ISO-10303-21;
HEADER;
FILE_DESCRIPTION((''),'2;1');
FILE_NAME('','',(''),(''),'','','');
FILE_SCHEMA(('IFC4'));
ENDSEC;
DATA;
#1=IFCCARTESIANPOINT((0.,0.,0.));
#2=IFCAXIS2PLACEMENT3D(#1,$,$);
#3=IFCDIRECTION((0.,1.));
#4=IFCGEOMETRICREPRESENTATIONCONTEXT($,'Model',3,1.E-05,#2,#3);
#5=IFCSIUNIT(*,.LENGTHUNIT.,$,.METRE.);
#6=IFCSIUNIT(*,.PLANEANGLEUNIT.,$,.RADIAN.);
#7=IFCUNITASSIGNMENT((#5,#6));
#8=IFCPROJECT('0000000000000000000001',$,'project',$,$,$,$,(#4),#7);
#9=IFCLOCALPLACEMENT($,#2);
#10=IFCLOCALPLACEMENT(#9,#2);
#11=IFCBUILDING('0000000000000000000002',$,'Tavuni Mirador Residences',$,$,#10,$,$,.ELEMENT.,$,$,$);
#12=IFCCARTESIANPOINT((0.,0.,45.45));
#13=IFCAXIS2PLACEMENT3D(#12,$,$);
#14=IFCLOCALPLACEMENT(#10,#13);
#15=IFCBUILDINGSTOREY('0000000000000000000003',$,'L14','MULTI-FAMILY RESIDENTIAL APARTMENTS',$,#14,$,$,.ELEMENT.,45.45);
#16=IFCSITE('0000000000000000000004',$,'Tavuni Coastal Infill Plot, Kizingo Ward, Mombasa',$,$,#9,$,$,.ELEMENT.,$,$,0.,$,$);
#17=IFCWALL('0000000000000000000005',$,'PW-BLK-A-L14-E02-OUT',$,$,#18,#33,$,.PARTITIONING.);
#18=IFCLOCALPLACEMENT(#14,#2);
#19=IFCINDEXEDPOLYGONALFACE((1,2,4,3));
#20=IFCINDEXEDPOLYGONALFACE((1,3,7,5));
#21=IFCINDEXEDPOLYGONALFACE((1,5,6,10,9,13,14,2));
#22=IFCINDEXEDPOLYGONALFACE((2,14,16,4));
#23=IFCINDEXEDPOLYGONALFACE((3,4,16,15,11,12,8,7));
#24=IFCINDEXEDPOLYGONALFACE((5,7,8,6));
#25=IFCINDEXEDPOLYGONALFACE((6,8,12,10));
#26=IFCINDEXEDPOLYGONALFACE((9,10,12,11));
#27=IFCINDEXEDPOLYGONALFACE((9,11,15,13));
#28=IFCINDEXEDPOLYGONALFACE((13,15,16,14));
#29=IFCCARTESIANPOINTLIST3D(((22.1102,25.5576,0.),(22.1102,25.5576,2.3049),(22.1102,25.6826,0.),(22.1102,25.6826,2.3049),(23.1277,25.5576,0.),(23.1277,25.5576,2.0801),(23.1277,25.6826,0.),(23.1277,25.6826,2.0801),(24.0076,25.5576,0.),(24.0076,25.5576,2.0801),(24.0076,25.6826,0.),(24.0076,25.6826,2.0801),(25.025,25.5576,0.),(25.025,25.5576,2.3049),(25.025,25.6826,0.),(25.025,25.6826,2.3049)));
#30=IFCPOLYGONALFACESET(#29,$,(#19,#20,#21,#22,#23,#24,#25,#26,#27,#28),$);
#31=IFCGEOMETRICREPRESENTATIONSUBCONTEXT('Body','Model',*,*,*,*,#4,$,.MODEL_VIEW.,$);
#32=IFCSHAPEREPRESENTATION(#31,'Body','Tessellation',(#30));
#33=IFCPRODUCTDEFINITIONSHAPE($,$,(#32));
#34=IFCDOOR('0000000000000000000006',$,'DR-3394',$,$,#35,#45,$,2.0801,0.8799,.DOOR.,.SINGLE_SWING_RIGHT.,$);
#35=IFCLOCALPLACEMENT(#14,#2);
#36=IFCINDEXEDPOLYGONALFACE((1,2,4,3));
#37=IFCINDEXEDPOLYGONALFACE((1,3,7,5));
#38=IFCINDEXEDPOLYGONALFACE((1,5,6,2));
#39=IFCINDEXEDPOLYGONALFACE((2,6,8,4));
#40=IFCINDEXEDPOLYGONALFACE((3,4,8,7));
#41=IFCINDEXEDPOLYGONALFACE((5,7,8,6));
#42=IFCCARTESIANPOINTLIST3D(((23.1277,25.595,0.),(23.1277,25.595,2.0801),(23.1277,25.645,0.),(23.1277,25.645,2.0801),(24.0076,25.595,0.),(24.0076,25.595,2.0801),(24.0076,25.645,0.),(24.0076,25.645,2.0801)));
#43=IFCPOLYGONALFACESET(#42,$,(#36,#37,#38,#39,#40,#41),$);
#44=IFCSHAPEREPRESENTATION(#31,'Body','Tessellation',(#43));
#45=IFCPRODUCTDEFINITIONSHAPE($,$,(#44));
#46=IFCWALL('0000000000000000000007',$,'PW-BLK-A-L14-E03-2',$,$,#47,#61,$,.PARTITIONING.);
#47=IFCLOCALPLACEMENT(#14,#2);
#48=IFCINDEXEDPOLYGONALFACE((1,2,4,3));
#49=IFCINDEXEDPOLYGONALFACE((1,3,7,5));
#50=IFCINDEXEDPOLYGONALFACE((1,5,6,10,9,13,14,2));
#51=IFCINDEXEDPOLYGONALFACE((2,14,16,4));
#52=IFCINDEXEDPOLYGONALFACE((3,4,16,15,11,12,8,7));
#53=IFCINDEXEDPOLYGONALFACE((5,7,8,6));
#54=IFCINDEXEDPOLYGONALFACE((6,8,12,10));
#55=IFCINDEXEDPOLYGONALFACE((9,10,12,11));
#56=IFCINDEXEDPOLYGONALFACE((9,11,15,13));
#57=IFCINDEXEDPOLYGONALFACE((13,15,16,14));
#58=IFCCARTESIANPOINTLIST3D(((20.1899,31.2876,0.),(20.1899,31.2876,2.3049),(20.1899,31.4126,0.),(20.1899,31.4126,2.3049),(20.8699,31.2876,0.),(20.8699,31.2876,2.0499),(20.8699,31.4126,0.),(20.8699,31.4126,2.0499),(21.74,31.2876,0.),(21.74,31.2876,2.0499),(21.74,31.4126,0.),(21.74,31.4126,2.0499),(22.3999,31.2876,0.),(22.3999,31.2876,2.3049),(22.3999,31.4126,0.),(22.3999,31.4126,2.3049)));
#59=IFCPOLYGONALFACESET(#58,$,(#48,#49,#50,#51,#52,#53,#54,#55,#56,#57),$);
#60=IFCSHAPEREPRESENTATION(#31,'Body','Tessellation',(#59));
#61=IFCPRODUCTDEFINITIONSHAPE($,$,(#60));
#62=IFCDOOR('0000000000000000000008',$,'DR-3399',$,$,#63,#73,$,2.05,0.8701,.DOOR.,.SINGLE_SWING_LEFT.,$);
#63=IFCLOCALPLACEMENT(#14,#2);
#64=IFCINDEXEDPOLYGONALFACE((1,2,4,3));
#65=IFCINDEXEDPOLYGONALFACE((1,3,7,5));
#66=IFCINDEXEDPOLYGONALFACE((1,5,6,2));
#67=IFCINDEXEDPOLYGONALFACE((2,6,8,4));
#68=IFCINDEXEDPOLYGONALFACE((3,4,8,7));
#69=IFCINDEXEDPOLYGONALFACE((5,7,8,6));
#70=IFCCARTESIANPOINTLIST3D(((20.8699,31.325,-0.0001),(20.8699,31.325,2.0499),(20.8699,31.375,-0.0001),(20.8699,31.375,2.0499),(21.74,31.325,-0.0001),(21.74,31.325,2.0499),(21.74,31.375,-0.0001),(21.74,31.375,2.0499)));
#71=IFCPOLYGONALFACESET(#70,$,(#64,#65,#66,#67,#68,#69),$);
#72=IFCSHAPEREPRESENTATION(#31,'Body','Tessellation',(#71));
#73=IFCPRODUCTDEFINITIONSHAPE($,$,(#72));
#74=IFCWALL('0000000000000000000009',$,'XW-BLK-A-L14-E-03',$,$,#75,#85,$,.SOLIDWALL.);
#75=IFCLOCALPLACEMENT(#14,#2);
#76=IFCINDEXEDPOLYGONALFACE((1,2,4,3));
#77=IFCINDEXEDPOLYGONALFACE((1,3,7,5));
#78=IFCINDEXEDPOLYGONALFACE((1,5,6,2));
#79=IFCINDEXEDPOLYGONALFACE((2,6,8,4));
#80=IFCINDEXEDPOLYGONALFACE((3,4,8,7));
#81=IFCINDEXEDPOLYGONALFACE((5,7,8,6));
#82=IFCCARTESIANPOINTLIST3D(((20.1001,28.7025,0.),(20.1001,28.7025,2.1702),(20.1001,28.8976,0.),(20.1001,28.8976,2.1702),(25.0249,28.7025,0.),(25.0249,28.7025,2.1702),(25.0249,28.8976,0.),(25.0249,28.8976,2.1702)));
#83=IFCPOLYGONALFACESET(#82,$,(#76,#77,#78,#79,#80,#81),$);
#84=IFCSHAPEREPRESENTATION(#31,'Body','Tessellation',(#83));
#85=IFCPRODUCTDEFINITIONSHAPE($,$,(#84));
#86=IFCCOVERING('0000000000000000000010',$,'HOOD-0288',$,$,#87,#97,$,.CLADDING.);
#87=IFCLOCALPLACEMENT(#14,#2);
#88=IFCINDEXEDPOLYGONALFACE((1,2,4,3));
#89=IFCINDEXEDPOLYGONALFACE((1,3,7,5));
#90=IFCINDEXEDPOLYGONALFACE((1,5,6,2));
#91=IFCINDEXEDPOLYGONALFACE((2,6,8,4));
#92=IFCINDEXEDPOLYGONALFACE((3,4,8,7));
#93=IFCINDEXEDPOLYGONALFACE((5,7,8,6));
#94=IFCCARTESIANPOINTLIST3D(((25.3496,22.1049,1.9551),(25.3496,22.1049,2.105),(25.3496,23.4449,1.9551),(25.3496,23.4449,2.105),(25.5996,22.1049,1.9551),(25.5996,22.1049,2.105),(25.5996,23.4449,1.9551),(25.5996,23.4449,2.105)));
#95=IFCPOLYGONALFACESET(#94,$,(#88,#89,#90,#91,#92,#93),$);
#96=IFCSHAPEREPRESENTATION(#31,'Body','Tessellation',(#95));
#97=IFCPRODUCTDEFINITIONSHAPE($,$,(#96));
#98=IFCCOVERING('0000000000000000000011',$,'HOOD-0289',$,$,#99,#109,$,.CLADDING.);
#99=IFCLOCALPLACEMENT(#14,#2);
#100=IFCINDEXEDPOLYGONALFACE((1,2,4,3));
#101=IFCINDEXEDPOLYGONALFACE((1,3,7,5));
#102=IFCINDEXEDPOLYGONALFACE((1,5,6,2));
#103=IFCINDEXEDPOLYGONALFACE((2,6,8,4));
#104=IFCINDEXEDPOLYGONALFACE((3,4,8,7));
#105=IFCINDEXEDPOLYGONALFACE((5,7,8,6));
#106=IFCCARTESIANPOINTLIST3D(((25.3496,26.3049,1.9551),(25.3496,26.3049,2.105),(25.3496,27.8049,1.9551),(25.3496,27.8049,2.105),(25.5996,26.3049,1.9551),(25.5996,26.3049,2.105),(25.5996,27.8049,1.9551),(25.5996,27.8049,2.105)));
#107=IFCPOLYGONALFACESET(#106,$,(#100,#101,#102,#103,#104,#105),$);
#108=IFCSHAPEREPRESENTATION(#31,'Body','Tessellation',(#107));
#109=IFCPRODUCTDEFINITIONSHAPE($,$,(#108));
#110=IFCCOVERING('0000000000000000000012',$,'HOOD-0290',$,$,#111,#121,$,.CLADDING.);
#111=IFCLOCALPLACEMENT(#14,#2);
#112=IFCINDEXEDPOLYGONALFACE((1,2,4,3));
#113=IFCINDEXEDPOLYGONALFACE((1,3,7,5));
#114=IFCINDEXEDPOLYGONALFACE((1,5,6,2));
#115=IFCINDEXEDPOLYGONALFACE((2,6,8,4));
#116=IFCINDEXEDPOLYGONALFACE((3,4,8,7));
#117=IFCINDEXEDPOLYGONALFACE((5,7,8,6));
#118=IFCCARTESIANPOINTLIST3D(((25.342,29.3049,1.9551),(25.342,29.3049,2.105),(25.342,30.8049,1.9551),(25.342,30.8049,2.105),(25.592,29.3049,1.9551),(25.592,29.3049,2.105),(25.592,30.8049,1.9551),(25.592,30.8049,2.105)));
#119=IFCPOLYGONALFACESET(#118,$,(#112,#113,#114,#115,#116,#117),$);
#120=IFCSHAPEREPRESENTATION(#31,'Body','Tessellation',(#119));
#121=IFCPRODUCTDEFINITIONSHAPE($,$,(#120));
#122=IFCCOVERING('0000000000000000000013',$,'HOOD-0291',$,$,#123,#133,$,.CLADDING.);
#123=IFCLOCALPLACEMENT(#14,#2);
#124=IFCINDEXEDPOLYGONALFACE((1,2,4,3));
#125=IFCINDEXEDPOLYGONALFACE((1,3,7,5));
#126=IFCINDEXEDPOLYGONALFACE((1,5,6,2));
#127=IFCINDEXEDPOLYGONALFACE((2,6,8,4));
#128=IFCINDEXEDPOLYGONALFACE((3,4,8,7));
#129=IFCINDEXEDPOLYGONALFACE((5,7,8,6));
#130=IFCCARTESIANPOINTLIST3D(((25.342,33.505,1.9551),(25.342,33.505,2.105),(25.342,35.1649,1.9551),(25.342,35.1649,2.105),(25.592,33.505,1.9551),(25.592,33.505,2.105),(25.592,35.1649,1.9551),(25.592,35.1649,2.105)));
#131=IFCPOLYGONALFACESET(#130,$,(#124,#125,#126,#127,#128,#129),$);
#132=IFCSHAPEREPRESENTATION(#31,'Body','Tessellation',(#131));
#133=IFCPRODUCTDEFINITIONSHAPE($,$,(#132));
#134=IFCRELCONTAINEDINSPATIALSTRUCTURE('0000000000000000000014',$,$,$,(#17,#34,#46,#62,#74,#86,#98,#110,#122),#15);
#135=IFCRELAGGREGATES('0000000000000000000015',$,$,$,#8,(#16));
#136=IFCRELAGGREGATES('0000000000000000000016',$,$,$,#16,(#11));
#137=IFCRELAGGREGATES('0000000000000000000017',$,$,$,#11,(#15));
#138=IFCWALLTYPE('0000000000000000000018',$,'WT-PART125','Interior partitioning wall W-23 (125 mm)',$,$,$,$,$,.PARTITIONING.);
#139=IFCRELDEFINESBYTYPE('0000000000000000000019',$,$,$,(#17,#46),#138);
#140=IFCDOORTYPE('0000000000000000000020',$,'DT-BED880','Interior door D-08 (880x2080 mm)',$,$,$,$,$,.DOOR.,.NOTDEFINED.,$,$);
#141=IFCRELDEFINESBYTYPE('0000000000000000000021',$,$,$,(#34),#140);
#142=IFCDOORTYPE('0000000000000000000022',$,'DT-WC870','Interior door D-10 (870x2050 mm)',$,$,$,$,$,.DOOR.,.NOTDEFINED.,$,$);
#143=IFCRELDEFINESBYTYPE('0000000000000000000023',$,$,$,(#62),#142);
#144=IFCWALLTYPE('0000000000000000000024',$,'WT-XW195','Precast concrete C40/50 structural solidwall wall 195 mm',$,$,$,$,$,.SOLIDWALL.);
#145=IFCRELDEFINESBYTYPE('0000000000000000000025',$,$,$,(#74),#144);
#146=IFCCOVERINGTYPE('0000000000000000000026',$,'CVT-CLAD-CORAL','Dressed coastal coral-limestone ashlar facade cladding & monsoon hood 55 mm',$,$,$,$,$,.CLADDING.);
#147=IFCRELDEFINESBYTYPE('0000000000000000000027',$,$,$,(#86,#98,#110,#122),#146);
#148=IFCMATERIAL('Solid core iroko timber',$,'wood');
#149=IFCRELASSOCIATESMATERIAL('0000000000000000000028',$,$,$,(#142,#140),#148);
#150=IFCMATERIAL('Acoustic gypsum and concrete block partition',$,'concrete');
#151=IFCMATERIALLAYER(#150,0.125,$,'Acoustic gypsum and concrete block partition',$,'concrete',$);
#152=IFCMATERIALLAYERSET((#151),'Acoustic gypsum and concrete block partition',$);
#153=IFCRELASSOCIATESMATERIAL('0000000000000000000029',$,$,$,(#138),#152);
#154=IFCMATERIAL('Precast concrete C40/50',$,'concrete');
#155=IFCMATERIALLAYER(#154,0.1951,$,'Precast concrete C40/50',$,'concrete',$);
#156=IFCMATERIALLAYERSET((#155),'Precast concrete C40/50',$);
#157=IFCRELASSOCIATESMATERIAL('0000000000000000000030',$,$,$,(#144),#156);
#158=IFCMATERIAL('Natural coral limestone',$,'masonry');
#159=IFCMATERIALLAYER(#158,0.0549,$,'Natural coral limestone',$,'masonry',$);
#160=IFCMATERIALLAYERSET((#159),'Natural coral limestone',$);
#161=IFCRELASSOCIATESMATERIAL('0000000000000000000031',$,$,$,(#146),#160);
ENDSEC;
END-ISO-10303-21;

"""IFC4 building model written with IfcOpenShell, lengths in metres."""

from ifc_helpers import new_model, si_unit, direction, frame, frame_2d, origin, origin_2d, place, context, subcontext, project, spatial, rectangle, extrude, material, layer, layer_set, type_object, element, fill, save


model = new_model("IFC4")

# Units and contexts
model_context = context("Model", 3, precision=1e-05, world=origin(), true_north=direction((0.0, 1.0)))
body_context = subcontext(model_context, "Body", "Model", "MODEL_VIEW")
ifc_project = project(units=[si_unit("LENGTHUNIT", "METRE"), si_unit("PLANEANGLEUNIT", "RADIAN")], contexts=[model_context])

# Site, building, storey
site_placement = place(None, origin())
site = spatial("IfcSite", under=ifc_project, at=site_placement, Name="Tavuni Coastal Infill Plot, Kizingo Ward, Mombasa", CompositionType="ELEMENT", RefElevation=0.0)
building_placement = place(site_placement, origin())
building = spatial("IfcBuilding", under=site, at=building_placement, Name="Tavuni Mirador Residences", CompositionType="ELEMENT")
storey_placement = place(building_placement, frame((0.0, 0.0, 45.45)))
storey = spatial("IfcBuildingStorey", under=building, at=storey_placement, Name="L14", Description="MULTI-FAMILY RESIDENTIAL APARTMENTS", CompositionType="ELEMENT", Elevation=45.45)

# Shared definitions
ifc_material_1 = material(Name="Precast concrete C40/50", Category="concrete")

# Shared definitions
ifc_material_2 = material(Name="Solid core iroko timber", Category="wood")

# Shared definitions
ifc_material_3 = material(Name="Acoustic gypsum and concrete block partition", Category="concrete")
door_type_1 = type_object("IfcDoorType", Name="DT-WC870", Description="Interior door D-10 (870x2050 mm)", OperationType="NOTDEFINED", PredefinedType="DOOR", material=ifc_material_2)

# Walls, openings, doors
ifc_layer_1 = layer(ifc_material_3, 0.125, Name="Acoustic gypsum and concrete block partition", Category="concrete")
ifc_layer_set_1 = layer_set([ifc_layer_1], Name="Acoustic gypsum and concrete block partition")
wall_type_1 = type_object("IfcWallType", Name="WT-PART125", Description="Interior partitioning wall W-23 (125 mm)", PredefinedType="PARTITIONING", material=ifc_layer_set_1)
wall_1_placement = place(storey_placement, frame((22.1101, 25.6201, 0.0), z_axis=(0.0, 0.0, 1.0), x_axis=(1.0, 0.0, 0.0)))
wall_1 = element("IfcWall", 1, at=wall_1_placement, inside=storey, type_object=wall_type_1, Name="PW-BLK-A-L14-E02-OUT", PredefinedType="PARTITIONING", context=body_context, shape_type="SweptSolid", body=[
    extrude(rectangle(XDim=2.9148, YDim=0.125, at=frame_2d((1.4575, 0.0))), origin(), (0.0, 0.0, 1.0), 2.3049),
])
opening_1_placement = place(wall_1_placement, frame((1.0176, 0.0, 0.0)))
opening_1 = element("IfcOpeningElement", 2, at=opening_1_placement, cuts=wall_1, PredefinedType="OPENING", context=body_context, shape_type="SweptSolid", body=[
    extrude(rectangle(XDim=0.8799, YDim=2.0801, at=frame_2d((0.4399, 1.04))), frame((0.0, 0.0725, 0.0), z_axis=(0.0, -1.0, 0.0), x_axis=(1.0, 0.0, 0.0)), (0.0, 0.0, 1.0), 0.145),
])
door_type_2 = type_object("IfcDoorType", Name="DT-BED880", Description="Interior door D-08 (880x2080 mm)", OperationType="NOTDEFINED", PredefinedType="DOOR", material=ifc_material_2)
door_1_placement = place(opening_1_placement, origin())
door_1 = element("IfcDoor", 3, at=door_1_placement, inside=storey, type_object=door_type_2, Name="DR-3394", OperationType="SINGLE_SWING_RIGHT", OverallHeight=2.0801, OverallWidth=0.8799, PredefinedType="DOOR", context=body_context, shape_type="SweptSolid", body=[
    extrude(rectangle(XDim=0.8799, YDim=2.0801, at=frame_2d((0.4399, 1.04))), frame((0.0, 0.0249, 0.0), z_axis=(0.0, -1.0, 0.0), x_axis=(1.0, 0.0, 0.0)), (0.0, 0.0, 1.0), 0.05),
])
fill(opening_1, door_1)
wall_2_placement = place(storey_placement, frame((20.1899, 31.3501, 0.0), z_axis=(0.0, 0.0, 1.0), x_axis=(1.0, 0.0, 0.0)))
wall_2 = element("IfcWall", 4, at=wall_2_placement, inside=storey, type_object=wall_type_1, Name="PW-BLK-A-L14-E03-2", PredefinedType="PARTITIONING", context=body_context, shape_type="SweptSolid", body=[
    extrude(rectangle(XDim=2.21, YDim=0.125, at=frame_2d((1.105, 0.0))), origin(), (0.0, 0.0, 1.0), 2.3049),
])
opening_2_placement = place(wall_2_placement, frame((0.6799, 0.0, 0.0)))
opening_2 = element("IfcOpeningElement", 5, at=opening_2_placement, cuts=wall_2, PredefinedType="OPENING", context=body_context, shape_type="SweptSolid", body=[
    extrude(rectangle(XDim=0.8701, YDim=2.05, at=frame_2d((0.4351, 1.0249))), frame((0.0, 0.0725, 0.0), z_axis=(0.0, -1.0, 0.0), x_axis=(1.0, 0.0, 0.0)), (0.0, 0.0, 1.0), 0.145),
])
door_2_placement = place(opening_2_placement, origin())
door_2 = element("IfcDoor", 6, at=door_2_placement, inside=storey, type_object=door_type_1, Name="DR-3399", OperationType="SINGLE_SWING_LEFT", OverallHeight=2.05, OverallWidth=0.8701, PredefinedType="DOOR", context=body_context, shape_type="SweptSolid", body=[
    extrude(rectangle(XDim=0.8701, YDim=2.05, at=frame_2d((0.4351, 1.0249))), frame((0.0, 0.0249, 0.0), z_axis=(0.0, -1.0, 0.0), x_axis=(1.0, 0.0, 0.0)), (0.0, 0.0, 1.0), 0.05),
])
fill(opening_2, door_2)

# Wall
ifc_layer_2 = layer(ifc_material_1, 0.1951, Name="Precast concrete C40/50", Category="concrete")
ifc_layer_set_2 = layer_set([ifc_layer_2], Name="Precast concrete C40/50")
wall_type_2 = type_object("IfcWallType", Name="WT-XW195", Description="Precast concrete C40/50 structural solidwall wall 195 mm", PredefinedType="SOLIDWALL", material=ifc_layer_set_2)
wall_3_placement = place(storey_placement, frame((20.1001, 28.8, 0.0), z_axis=(0.0, 0.0, 1.0), x_axis=(1.0, 0.0, 0.0)))
element("IfcWall", 7, at=wall_3_placement, inside=storey, type_object=wall_type_2, Name="XW-BLK-A-L14-E-03", PredefinedType="SOLIDWALL", context=body_context, shape_type="SweptSolid", body=[
    extrude(rectangle(XDim=4.9248, YDim=0.1951, at=frame_2d((2.4624, 0.0))), origin(), (0.0, 0.0, 1.0), 2.1702),
])

# Coverings
ifc_material_4 = material(Name="Natural coral limestone", Category="masonry")
ifc_layer_3 = layer(ifc_material_4, 0.0549, Name="Natural coral limestone", Category="masonry")
ifc_layer_set_3 = layer_set([ifc_layer_3], Name="Natural coral limestone")
covering_type = type_object("IfcCoveringType", Name="CVT-CLAD-CORAL", Description="Dressed coastal coral-limestone ashlar facade cladding & monsoon hood 55 mm", PredefinedType="CLADDING", material=ifc_layer_set_3)
covering_1_placement = place(storey_placement, frame((25.4746, 22.7749, 1.9551), z_axis=(0.0, 0.0, 1.0), x_axis=(0.0, 1.0, 0.0)))
element("IfcCovering", 8, at=covering_1_placement, inside=storey, type_object=covering_type, Name="HOOD-0288", PredefinedType="CLADDING", context=body_context, shape_type="SweptSolid", body=[
    extrude(rectangle(XDim=1.3401, YDim=0.25, at=origin_2d()), origin(), (0.0, 0.0, 1.0), 0.1499),
])
for number, where, z_axis, x_axis, name in (
    (9, (25.4746, 27.0549, 1.9551), (0.0, 0.0, 1.0), (0.0, 1.0, 0.0), "HOOD-0289"),
    (10, (25.467, 30.0549, 1.9551), (0.0, 0.0, 1.0), (0.0, 1.0, 0.0), "HOOD-0290"),
):
    element("IfcCovering", number, at=place(storey_placement, frame(where, z_axis=z_axis, x_axis=x_axis)), inside=storey, type_object=covering_type, Name=name, PredefinedType="CLADDING", context=body_context, shape_type="SweptSolid", body=[
        extrude(rectangle(XDim=1.5, YDim=0.25, at=origin_2d()), origin(), (0.0, 0.0, 1.0), 0.1499),
    ])
covering_2_placement = place(storey_placement, frame((25.467, 34.335, 1.9551), z_axis=(0.0, 0.0, 1.0), x_axis=(0.0, 1.0, 0.0)))
element("IfcCovering", 11, at=covering_2_placement, inside=storey, type_object=covering_type, Name="HOOD-0291", PredefinedType="CLADDING", context=body_context, shape_type="SweptSolid", body=[
    extrude(rectangle(XDim=1.6599, YDim=0.25, at=origin_2d()), origin(), (0.0, 0.0, 1.0), 0.1499),
])

save(model, "model.ifc")
